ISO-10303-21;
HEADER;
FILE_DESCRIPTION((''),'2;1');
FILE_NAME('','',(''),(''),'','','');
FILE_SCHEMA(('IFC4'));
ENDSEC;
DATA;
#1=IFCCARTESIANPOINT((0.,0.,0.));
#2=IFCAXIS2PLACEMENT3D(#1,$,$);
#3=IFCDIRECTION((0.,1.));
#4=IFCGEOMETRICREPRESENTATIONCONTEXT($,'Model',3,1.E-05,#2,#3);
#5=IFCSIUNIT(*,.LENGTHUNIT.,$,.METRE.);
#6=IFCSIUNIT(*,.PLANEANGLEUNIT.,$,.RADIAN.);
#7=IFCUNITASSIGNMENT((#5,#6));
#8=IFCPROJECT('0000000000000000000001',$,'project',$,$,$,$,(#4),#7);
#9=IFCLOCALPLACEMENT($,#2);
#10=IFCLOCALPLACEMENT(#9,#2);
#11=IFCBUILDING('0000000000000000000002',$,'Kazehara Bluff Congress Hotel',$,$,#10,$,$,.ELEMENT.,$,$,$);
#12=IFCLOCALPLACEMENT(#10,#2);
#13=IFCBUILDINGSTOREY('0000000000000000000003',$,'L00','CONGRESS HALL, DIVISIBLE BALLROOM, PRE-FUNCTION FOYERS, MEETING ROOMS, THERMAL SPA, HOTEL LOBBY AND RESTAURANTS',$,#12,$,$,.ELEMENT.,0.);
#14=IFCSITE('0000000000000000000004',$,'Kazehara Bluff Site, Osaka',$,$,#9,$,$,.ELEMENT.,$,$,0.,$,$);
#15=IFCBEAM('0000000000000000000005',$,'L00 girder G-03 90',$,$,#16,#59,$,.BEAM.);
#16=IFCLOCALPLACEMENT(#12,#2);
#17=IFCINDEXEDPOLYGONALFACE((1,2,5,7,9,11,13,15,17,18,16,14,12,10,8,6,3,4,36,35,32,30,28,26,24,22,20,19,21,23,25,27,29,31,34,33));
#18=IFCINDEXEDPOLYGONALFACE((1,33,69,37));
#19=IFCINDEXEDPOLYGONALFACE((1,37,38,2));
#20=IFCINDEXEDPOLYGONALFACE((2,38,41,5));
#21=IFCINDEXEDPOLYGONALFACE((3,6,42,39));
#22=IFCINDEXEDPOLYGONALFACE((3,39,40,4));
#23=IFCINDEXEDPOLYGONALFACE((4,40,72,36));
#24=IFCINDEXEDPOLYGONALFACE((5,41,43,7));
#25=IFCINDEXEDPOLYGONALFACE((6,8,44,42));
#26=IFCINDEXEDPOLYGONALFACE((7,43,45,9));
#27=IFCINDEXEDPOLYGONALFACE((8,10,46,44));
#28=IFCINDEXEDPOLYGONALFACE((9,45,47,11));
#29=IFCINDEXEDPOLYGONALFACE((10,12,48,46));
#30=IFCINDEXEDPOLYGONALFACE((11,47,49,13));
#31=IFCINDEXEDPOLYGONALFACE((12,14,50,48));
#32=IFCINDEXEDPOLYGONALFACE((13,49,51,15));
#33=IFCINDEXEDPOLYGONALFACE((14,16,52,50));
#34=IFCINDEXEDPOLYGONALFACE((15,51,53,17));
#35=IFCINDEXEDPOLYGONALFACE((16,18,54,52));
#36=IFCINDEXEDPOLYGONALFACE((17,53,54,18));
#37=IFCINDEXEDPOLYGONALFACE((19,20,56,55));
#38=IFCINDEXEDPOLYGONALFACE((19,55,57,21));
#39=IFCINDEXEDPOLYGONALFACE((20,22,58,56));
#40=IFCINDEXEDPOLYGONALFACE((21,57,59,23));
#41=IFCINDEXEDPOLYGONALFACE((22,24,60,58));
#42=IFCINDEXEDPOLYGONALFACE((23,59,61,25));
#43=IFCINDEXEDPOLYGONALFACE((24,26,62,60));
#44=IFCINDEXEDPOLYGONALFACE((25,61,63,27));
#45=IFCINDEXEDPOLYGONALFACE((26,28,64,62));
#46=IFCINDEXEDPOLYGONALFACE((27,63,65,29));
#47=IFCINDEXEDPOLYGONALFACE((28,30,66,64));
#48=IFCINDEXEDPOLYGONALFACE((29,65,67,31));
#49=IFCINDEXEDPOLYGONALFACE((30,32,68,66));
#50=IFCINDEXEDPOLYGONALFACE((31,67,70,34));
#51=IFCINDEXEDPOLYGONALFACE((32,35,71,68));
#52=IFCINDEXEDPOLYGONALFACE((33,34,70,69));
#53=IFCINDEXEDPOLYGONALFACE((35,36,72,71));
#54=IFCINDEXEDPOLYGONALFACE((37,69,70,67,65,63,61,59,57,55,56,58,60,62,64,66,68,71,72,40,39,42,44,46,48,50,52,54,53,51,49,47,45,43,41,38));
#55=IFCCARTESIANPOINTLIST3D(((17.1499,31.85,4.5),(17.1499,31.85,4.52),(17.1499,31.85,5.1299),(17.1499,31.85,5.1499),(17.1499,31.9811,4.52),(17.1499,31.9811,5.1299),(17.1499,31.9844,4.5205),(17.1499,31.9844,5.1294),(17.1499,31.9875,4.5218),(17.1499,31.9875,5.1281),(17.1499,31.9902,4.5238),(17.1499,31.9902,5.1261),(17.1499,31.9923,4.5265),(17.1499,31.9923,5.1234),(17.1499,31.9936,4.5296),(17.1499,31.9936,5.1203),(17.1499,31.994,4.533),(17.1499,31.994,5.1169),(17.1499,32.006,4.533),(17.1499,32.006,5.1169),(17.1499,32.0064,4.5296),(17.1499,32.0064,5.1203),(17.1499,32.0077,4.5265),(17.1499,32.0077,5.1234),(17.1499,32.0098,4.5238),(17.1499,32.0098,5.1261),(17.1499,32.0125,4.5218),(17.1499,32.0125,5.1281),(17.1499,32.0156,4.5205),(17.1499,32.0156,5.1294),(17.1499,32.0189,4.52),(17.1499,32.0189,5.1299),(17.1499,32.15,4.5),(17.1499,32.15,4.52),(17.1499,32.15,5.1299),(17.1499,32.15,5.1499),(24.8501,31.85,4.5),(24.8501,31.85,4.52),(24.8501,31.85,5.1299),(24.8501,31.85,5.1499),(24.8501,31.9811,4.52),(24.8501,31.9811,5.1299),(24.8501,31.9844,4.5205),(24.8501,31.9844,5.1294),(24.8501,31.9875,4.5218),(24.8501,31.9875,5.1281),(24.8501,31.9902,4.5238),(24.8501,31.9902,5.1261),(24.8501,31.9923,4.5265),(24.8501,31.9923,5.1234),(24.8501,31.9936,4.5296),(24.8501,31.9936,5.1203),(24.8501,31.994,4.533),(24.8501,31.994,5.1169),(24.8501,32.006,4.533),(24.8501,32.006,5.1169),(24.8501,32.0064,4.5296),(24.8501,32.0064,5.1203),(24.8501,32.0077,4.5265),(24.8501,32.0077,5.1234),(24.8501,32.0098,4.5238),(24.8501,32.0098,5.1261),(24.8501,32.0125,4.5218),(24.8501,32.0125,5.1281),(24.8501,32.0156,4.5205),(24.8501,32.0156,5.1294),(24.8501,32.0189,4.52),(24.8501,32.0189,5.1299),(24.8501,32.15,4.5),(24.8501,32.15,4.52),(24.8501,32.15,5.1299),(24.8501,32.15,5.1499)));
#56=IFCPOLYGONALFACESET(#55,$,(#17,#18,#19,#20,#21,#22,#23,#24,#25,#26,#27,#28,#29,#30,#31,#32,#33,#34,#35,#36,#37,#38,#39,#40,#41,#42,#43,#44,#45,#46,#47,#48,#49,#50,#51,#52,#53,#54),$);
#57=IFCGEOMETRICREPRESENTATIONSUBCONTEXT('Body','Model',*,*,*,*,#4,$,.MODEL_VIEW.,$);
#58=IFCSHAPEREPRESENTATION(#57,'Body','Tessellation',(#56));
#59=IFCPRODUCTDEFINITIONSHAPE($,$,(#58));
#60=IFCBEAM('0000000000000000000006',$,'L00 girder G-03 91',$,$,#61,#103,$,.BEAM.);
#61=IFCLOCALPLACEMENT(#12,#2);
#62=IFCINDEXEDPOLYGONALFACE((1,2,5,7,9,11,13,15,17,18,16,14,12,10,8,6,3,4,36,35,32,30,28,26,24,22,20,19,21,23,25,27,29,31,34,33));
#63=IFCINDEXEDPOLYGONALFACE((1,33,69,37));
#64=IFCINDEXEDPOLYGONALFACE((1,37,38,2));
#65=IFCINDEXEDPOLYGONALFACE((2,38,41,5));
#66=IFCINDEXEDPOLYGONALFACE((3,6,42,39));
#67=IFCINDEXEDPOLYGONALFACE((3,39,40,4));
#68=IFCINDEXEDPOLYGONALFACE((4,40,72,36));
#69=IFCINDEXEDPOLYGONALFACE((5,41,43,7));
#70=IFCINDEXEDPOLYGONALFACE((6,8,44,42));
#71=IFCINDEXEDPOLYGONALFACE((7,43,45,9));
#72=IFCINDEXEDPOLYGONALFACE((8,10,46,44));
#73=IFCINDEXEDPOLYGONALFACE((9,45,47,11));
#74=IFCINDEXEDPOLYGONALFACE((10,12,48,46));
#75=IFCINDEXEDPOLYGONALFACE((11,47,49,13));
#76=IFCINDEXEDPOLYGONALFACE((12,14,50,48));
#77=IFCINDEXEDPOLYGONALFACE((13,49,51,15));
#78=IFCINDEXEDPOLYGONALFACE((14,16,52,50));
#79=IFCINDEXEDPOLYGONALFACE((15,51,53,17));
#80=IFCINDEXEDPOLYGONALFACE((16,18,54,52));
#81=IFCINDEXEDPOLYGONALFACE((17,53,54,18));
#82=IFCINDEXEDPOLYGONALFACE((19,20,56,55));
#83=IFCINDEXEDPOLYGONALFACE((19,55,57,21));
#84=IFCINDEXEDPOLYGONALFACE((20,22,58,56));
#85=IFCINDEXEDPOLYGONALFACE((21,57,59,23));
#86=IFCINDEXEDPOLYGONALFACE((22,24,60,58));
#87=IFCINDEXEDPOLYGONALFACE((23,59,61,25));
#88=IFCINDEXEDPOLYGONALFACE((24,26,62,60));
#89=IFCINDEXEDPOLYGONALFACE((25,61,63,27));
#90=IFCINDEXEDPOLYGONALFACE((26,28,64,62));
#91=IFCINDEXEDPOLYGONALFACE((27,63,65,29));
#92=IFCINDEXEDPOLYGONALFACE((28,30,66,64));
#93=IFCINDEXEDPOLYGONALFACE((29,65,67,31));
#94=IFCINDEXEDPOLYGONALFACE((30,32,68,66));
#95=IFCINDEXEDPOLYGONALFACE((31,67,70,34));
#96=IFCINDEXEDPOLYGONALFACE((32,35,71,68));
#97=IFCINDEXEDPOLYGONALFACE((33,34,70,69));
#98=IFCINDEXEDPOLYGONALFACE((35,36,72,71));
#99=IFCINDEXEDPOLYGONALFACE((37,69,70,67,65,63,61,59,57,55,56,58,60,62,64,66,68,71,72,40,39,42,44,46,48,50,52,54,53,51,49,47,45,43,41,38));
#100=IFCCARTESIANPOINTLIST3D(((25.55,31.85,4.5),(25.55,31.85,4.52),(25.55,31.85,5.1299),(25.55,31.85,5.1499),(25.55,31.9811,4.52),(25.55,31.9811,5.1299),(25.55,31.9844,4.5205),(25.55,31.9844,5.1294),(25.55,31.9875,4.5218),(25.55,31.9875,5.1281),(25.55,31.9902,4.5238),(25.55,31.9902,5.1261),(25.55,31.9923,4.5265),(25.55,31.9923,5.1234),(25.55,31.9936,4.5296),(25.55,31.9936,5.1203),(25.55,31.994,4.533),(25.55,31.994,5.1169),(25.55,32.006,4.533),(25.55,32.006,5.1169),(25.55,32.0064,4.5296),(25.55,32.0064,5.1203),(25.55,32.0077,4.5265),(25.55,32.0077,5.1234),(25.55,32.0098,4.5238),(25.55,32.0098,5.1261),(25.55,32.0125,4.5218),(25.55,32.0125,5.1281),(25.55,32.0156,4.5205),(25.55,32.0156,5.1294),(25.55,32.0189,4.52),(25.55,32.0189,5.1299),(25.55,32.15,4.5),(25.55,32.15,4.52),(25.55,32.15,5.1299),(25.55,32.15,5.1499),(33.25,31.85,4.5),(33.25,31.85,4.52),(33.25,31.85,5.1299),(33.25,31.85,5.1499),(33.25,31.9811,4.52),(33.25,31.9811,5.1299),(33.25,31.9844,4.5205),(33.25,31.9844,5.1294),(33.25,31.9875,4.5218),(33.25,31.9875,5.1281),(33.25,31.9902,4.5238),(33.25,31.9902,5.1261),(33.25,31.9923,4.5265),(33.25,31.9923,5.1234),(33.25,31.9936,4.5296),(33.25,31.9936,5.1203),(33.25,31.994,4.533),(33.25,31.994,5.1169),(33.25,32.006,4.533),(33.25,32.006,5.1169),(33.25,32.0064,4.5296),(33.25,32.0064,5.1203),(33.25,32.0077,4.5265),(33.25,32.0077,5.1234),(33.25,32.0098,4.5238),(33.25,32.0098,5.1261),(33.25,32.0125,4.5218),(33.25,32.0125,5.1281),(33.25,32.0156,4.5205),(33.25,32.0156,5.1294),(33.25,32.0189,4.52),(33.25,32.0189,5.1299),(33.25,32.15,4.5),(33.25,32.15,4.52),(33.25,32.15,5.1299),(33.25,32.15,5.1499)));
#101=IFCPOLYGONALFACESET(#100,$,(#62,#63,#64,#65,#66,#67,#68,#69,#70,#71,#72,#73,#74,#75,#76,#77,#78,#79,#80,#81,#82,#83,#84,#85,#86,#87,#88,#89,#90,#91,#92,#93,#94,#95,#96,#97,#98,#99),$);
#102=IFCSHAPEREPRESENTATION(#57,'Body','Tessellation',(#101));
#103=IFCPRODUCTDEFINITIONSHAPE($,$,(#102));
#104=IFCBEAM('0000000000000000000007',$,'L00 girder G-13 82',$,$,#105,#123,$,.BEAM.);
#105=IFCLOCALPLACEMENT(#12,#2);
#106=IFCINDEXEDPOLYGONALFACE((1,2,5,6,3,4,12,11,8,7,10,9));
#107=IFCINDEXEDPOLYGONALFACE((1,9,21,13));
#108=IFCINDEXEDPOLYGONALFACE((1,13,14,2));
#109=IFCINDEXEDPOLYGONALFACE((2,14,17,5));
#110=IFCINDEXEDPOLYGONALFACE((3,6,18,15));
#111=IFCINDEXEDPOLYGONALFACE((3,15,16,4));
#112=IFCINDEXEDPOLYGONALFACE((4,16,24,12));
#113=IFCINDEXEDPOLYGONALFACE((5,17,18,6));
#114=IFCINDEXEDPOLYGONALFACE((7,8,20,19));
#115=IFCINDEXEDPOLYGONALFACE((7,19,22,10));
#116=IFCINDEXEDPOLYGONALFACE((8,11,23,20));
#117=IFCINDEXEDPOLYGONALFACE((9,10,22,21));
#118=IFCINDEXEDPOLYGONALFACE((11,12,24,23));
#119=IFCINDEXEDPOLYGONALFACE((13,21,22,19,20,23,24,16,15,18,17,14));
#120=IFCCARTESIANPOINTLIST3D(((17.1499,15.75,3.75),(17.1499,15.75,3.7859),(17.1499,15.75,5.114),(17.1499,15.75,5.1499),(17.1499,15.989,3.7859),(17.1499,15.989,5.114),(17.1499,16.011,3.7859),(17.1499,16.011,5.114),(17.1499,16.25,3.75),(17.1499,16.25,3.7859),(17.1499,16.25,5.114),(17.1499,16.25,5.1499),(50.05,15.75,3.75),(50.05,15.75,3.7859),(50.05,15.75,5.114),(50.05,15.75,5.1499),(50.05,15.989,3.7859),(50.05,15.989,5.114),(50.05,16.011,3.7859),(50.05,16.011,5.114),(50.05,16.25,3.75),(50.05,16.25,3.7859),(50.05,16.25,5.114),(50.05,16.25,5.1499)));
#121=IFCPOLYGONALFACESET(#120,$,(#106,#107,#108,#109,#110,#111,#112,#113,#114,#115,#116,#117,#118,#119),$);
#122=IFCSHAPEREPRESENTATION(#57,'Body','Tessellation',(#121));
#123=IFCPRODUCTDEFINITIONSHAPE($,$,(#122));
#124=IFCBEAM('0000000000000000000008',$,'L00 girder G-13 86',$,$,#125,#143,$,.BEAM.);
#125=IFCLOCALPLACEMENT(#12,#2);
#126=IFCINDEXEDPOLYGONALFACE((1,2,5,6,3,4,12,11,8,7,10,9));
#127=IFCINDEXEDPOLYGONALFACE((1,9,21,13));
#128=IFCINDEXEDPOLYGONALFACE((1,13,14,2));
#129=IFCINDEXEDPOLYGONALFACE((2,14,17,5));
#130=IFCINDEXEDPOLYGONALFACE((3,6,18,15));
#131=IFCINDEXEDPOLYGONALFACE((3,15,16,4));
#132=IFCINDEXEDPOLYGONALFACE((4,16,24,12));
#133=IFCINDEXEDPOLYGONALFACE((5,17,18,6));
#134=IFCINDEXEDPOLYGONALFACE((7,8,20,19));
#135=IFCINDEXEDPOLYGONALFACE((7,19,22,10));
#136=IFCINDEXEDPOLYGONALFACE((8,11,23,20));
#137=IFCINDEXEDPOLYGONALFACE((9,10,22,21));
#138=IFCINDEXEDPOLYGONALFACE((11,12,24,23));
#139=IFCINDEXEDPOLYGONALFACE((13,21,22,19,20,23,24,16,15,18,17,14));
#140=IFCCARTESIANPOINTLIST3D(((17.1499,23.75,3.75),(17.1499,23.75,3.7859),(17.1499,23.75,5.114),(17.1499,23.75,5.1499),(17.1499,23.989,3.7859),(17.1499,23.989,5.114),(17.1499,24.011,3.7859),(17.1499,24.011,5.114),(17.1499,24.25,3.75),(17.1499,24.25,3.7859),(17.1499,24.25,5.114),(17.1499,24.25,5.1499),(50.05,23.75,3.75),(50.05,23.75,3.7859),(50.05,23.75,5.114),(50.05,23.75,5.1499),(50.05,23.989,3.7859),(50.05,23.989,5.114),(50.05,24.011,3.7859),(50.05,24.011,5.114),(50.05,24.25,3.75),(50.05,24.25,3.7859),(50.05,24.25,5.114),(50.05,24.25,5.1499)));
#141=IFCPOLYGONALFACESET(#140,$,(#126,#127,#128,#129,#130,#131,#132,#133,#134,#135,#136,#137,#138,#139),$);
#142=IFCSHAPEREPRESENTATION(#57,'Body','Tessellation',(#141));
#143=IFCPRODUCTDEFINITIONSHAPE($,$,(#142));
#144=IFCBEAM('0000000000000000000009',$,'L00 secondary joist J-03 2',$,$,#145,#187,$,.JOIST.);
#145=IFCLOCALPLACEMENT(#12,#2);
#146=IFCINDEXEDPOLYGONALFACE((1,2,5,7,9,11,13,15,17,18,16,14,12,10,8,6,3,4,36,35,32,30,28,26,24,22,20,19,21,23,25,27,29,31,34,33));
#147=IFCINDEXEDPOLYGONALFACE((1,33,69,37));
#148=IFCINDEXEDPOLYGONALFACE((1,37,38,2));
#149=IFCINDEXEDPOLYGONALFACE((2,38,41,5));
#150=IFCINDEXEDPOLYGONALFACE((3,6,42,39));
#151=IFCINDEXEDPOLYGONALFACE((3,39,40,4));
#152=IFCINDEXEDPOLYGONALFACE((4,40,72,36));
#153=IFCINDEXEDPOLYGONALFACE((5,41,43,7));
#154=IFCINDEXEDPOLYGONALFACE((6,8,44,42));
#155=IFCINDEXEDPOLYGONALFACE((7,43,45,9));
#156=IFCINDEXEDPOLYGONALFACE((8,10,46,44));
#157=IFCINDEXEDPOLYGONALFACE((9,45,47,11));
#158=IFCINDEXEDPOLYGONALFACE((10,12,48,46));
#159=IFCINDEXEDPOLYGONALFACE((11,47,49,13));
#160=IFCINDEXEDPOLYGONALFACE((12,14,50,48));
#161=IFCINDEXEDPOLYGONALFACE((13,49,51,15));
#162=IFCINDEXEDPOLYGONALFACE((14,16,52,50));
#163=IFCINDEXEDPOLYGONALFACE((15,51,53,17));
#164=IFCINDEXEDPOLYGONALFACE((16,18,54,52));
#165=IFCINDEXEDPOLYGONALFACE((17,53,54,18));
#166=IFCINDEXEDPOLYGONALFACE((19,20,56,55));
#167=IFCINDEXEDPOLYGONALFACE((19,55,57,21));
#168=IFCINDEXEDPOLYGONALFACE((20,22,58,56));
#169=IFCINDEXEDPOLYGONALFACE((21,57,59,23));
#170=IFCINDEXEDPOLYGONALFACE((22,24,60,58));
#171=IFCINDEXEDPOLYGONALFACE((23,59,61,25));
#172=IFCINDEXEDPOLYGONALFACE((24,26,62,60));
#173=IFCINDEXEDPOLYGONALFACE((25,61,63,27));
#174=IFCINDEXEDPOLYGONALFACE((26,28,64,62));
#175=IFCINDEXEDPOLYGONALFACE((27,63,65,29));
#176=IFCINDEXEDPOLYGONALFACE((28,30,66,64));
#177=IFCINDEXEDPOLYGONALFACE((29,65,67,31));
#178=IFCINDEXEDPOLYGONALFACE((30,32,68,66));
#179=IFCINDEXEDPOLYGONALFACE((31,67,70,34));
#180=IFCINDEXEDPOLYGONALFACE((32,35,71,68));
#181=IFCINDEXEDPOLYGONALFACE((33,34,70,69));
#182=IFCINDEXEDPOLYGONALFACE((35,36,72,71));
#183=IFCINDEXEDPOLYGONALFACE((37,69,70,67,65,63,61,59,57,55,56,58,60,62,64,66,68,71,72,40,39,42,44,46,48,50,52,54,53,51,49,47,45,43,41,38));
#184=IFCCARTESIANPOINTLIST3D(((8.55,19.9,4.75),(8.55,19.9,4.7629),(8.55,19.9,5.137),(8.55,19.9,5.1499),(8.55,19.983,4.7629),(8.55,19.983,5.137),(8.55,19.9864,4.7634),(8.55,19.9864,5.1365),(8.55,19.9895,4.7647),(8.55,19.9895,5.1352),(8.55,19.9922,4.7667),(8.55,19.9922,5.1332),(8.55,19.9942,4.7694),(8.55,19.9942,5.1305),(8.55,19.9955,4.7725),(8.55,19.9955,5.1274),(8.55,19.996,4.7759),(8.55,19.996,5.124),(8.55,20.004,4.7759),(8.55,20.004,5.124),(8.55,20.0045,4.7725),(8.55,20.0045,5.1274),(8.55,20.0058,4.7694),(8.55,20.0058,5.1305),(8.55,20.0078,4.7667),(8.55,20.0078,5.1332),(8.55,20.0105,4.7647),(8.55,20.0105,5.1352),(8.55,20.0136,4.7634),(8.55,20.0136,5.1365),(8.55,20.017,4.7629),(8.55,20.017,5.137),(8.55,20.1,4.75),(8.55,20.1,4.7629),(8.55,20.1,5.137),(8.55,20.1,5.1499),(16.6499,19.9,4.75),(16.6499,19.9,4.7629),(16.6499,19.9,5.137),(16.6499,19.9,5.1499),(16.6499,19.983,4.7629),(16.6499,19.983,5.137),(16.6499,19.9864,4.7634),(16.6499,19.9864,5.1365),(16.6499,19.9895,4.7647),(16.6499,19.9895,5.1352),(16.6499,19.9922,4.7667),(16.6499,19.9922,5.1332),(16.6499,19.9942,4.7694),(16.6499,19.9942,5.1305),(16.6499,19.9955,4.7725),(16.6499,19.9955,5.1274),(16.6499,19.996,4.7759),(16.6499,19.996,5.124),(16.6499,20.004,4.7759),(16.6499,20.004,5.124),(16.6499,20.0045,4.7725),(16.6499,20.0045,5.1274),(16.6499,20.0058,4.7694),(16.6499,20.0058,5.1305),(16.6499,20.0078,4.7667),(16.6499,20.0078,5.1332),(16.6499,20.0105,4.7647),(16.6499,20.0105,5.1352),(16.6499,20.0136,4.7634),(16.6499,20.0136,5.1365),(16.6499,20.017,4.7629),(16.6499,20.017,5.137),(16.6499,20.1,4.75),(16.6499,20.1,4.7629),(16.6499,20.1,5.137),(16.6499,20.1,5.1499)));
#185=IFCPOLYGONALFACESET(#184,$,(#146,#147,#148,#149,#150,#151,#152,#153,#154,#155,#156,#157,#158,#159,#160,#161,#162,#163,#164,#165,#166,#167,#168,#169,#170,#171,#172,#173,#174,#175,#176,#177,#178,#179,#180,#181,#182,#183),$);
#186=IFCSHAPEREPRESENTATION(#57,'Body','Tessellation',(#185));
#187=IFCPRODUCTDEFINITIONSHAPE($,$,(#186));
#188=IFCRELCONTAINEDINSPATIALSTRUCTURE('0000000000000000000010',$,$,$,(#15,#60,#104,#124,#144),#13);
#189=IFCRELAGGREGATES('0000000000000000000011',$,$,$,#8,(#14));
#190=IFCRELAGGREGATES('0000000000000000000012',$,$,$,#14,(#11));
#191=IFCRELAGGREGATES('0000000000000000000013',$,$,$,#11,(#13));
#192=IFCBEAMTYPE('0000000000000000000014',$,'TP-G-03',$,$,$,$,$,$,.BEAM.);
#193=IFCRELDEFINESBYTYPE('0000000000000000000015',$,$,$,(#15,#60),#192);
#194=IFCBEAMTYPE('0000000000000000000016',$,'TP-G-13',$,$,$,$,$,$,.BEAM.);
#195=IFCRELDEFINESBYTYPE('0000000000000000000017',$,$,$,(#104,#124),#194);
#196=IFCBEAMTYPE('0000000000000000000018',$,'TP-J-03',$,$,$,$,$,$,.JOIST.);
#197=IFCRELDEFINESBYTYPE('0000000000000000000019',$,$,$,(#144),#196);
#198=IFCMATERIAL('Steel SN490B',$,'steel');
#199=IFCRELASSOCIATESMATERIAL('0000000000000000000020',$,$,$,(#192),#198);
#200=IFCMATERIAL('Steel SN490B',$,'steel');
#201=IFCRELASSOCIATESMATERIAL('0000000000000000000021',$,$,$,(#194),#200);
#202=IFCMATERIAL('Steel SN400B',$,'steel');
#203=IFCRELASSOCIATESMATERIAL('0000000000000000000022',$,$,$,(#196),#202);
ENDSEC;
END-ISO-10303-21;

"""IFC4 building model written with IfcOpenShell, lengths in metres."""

from ifc_helpers import new_model, si_unit, direction, frame, origin, origin_2d, place, context, subcontext, project, spatial, i_section, extrude, material, material_profile, profile_set, type_object, element, save


model = new_model("IFC4")

# Units and contexts
model_context = context("Model", 3, precision=1e-05, world=origin(), true_north=direction((0.0, 1.0)))
body_context = subcontext(model_context, "Body", "Model", "MODEL_VIEW")
ifc_project = project(units=[si_unit("LENGTHUNIT", "METRE"), si_unit("PLANEANGLEUNIT", "RADIAN")], contexts=[model_context])

# Site, building, storey
site_placement = place(None, origin())
site = spatial("IfcSite", under=ifc_project, at=site_placement, Name="Kazehara Bluff Site, Osaka", CompositionType="ELEMENT", RefElevation=0.0)
building_placement = place(site_placement, origin())
building = spatial("IfcBuilding", under=site, at=building_placement, Name="Kazehara Bluff Congress Hotel", CompositionType="ELEMENT")
storey_placement = place(building_placement, origin())
storey = spatial("IfcBuildingStorey", under=building, at=storey_placement, Name="L00", Description="CONGRESS HALL, DIVISIBLE BALLROOM, PRE-FUNCTION FOYERS, MEETING ROOMS, THERMAL SPA, HOTEL LOBBY AND RESTAURANTS", CompositionType="ELEMENT", Elevation=0.0)

# Beams
ifc_material_1 = material(Name="Steel SN490B", Category="steel")
ifc_material_profile_1 = material_profile(ifc_material_1, i_section(OverallWidth=0.3, OverallDepth=0.6499, WebThickness=0.012, FlangeThickness=0.02, FilletRadius=0.0129, at=origin_2d()))
ifc_profile_set_1 = profile_set([ifc_material_profile_1], Name="Steel SN490B")
beam_type_1 = type_object("IfcBeamType", Name="TP-G-03", PredefinedType="BEAM", material=ifc_profile_set_1)
beam_1_placement = place(storey_placement, frame((17.1499, 32.0, 4.825), z_axis=(1.0, 0.0, 0.0), x_axis=(0.0, 1.0, 0.0)))
element("IfcBeam", 1, at=beam_1_placement, inside=storey, type_object=beam_type_1, Name="L00 girder G-03 90", PredefinedType="BEAM", context=body_context, shape_type="SweptSolid", body=[
    extrude(i_section(OverallWidth=0.3, OverallDepth=0.6499, WebThickness=0.012, FlangeThickness=0.02, FilletRadius=0.0129, at=origin_2d()), origin(), (0.0, 0.0, 1.0), 7.7002),
])
beam_2_placement = place(storey_placement, frame((25.55, 32.0, 4.825), z_axis=(1.0, 0.0, 0.0), x_axis=(0.0, 1.0, 0.0)))
element("IfcBeam", 2, at=beam_2_placement, inside=storey, type_object=beam_type_1, Name="L00 girder G-03 91", PredefinedType="BEAM", context=body_context, shape_type="SweptSolid", body=[
    extrude(i_section(OverallWidth=0.3, OverallDepth=0.6499, WebThickness=0.012, FlangeThickness=0.02, FilletRadius=0.0129, at=origin_2d()), origin(), (0.0, 0.0, 1.0), 7.7),
])
ifc_material_2 = material(Name="Steel SN490B", Category="steel")
ifc_material_profile_2 = material_profile(ifc_material_2, i_section(OverallWidth=0.5, OverallDepth=1.3999, WebThickness=0.022, FlangeThickness=0.0359, at=origin_2d()))
ifc_profile_set_2 = profile_set([ifc_material_profile_2], Name="Steel SN490B")
beam_type_2 = type_object("IfcBeamType", Name="TP-G-13", PredefinedType="BEAM", material=ifc_profile_set_2)
for number, where, z_axis, x_axis, name in (
    (3, (17.1499, 16.0, 4.45), (1.0, 0.0, 0.0), (0.0, 1.0, 0.0), "L00 girder G-13 82"),
    (4, (17.1499, 24.0, 4.45), (1.0, 0.0, 0.0), (0.0, 1.0, 0.0), "L00 girder G-13 86"),
):
    element("IfcBeam", number, at=place(storey_placement, frame(where, z_axis=z_axis, x_axis=x_axis)), inside=storey, type_object=beam_type_2, Name=name, PredefinedType="BEAM", context=body_context, shape_type="SweptSolid", body=[
        extrude(i_section(OverallWidth=0.5, OverallDepth=1.3999, WebThickness=0.022, FlangeThickness=0.0359, at=origin_2d()), origin(), (0.0, 0.0, 1.0), 32.9001),
    ])
ifc_material_3 = material(Name="Steel SN400B", Category="steel")
ifc_material_profile_3 = material_profile(ifc_material_3, i_section(OverallWidth=0.2, OverallDepth=0.3999, WebThickness=0.0081, FlangeThickness=0.0129, FilletRadius=0.0129, at=origin_2d()))
ifc_profile_set_3 = profile_set([ifc_material_profile_3], Name="Steel SN400B")
beam_type_3 = type_object("IfcBeamType", Name="TP-J-03", PredefinedType="JOIST", material=ifc_profile_set_3)
for number, where, z_axis, x_axis, name in (
    (5, (8.55, 20.0, 4.95), (1.0, 0.0, 0.0), (0.0, 1.0, 0.0), "L00 secondary joist J-03 2"),
):
    element("IfcBeam", number, at=place(storey_placement, frame(where, z_axis=z_axis, x_axis=x_axis)), inside=storey, type_object=beam_type_3, Name=name, PredefinedType="JOIST", context=body_context, shape_type="SweptSolid", body=[
        extrude(i_section(OverallWidth=0.2, OverallDepth=0.3999, WebThickness=0.0081, FlangeThickness=0.0129, FilletRadius=0.0129, at=origin_2d()), origin(), (0.0, 0.0, 1.0), 8.0999),
    ])

save(model, "model.ifc")
